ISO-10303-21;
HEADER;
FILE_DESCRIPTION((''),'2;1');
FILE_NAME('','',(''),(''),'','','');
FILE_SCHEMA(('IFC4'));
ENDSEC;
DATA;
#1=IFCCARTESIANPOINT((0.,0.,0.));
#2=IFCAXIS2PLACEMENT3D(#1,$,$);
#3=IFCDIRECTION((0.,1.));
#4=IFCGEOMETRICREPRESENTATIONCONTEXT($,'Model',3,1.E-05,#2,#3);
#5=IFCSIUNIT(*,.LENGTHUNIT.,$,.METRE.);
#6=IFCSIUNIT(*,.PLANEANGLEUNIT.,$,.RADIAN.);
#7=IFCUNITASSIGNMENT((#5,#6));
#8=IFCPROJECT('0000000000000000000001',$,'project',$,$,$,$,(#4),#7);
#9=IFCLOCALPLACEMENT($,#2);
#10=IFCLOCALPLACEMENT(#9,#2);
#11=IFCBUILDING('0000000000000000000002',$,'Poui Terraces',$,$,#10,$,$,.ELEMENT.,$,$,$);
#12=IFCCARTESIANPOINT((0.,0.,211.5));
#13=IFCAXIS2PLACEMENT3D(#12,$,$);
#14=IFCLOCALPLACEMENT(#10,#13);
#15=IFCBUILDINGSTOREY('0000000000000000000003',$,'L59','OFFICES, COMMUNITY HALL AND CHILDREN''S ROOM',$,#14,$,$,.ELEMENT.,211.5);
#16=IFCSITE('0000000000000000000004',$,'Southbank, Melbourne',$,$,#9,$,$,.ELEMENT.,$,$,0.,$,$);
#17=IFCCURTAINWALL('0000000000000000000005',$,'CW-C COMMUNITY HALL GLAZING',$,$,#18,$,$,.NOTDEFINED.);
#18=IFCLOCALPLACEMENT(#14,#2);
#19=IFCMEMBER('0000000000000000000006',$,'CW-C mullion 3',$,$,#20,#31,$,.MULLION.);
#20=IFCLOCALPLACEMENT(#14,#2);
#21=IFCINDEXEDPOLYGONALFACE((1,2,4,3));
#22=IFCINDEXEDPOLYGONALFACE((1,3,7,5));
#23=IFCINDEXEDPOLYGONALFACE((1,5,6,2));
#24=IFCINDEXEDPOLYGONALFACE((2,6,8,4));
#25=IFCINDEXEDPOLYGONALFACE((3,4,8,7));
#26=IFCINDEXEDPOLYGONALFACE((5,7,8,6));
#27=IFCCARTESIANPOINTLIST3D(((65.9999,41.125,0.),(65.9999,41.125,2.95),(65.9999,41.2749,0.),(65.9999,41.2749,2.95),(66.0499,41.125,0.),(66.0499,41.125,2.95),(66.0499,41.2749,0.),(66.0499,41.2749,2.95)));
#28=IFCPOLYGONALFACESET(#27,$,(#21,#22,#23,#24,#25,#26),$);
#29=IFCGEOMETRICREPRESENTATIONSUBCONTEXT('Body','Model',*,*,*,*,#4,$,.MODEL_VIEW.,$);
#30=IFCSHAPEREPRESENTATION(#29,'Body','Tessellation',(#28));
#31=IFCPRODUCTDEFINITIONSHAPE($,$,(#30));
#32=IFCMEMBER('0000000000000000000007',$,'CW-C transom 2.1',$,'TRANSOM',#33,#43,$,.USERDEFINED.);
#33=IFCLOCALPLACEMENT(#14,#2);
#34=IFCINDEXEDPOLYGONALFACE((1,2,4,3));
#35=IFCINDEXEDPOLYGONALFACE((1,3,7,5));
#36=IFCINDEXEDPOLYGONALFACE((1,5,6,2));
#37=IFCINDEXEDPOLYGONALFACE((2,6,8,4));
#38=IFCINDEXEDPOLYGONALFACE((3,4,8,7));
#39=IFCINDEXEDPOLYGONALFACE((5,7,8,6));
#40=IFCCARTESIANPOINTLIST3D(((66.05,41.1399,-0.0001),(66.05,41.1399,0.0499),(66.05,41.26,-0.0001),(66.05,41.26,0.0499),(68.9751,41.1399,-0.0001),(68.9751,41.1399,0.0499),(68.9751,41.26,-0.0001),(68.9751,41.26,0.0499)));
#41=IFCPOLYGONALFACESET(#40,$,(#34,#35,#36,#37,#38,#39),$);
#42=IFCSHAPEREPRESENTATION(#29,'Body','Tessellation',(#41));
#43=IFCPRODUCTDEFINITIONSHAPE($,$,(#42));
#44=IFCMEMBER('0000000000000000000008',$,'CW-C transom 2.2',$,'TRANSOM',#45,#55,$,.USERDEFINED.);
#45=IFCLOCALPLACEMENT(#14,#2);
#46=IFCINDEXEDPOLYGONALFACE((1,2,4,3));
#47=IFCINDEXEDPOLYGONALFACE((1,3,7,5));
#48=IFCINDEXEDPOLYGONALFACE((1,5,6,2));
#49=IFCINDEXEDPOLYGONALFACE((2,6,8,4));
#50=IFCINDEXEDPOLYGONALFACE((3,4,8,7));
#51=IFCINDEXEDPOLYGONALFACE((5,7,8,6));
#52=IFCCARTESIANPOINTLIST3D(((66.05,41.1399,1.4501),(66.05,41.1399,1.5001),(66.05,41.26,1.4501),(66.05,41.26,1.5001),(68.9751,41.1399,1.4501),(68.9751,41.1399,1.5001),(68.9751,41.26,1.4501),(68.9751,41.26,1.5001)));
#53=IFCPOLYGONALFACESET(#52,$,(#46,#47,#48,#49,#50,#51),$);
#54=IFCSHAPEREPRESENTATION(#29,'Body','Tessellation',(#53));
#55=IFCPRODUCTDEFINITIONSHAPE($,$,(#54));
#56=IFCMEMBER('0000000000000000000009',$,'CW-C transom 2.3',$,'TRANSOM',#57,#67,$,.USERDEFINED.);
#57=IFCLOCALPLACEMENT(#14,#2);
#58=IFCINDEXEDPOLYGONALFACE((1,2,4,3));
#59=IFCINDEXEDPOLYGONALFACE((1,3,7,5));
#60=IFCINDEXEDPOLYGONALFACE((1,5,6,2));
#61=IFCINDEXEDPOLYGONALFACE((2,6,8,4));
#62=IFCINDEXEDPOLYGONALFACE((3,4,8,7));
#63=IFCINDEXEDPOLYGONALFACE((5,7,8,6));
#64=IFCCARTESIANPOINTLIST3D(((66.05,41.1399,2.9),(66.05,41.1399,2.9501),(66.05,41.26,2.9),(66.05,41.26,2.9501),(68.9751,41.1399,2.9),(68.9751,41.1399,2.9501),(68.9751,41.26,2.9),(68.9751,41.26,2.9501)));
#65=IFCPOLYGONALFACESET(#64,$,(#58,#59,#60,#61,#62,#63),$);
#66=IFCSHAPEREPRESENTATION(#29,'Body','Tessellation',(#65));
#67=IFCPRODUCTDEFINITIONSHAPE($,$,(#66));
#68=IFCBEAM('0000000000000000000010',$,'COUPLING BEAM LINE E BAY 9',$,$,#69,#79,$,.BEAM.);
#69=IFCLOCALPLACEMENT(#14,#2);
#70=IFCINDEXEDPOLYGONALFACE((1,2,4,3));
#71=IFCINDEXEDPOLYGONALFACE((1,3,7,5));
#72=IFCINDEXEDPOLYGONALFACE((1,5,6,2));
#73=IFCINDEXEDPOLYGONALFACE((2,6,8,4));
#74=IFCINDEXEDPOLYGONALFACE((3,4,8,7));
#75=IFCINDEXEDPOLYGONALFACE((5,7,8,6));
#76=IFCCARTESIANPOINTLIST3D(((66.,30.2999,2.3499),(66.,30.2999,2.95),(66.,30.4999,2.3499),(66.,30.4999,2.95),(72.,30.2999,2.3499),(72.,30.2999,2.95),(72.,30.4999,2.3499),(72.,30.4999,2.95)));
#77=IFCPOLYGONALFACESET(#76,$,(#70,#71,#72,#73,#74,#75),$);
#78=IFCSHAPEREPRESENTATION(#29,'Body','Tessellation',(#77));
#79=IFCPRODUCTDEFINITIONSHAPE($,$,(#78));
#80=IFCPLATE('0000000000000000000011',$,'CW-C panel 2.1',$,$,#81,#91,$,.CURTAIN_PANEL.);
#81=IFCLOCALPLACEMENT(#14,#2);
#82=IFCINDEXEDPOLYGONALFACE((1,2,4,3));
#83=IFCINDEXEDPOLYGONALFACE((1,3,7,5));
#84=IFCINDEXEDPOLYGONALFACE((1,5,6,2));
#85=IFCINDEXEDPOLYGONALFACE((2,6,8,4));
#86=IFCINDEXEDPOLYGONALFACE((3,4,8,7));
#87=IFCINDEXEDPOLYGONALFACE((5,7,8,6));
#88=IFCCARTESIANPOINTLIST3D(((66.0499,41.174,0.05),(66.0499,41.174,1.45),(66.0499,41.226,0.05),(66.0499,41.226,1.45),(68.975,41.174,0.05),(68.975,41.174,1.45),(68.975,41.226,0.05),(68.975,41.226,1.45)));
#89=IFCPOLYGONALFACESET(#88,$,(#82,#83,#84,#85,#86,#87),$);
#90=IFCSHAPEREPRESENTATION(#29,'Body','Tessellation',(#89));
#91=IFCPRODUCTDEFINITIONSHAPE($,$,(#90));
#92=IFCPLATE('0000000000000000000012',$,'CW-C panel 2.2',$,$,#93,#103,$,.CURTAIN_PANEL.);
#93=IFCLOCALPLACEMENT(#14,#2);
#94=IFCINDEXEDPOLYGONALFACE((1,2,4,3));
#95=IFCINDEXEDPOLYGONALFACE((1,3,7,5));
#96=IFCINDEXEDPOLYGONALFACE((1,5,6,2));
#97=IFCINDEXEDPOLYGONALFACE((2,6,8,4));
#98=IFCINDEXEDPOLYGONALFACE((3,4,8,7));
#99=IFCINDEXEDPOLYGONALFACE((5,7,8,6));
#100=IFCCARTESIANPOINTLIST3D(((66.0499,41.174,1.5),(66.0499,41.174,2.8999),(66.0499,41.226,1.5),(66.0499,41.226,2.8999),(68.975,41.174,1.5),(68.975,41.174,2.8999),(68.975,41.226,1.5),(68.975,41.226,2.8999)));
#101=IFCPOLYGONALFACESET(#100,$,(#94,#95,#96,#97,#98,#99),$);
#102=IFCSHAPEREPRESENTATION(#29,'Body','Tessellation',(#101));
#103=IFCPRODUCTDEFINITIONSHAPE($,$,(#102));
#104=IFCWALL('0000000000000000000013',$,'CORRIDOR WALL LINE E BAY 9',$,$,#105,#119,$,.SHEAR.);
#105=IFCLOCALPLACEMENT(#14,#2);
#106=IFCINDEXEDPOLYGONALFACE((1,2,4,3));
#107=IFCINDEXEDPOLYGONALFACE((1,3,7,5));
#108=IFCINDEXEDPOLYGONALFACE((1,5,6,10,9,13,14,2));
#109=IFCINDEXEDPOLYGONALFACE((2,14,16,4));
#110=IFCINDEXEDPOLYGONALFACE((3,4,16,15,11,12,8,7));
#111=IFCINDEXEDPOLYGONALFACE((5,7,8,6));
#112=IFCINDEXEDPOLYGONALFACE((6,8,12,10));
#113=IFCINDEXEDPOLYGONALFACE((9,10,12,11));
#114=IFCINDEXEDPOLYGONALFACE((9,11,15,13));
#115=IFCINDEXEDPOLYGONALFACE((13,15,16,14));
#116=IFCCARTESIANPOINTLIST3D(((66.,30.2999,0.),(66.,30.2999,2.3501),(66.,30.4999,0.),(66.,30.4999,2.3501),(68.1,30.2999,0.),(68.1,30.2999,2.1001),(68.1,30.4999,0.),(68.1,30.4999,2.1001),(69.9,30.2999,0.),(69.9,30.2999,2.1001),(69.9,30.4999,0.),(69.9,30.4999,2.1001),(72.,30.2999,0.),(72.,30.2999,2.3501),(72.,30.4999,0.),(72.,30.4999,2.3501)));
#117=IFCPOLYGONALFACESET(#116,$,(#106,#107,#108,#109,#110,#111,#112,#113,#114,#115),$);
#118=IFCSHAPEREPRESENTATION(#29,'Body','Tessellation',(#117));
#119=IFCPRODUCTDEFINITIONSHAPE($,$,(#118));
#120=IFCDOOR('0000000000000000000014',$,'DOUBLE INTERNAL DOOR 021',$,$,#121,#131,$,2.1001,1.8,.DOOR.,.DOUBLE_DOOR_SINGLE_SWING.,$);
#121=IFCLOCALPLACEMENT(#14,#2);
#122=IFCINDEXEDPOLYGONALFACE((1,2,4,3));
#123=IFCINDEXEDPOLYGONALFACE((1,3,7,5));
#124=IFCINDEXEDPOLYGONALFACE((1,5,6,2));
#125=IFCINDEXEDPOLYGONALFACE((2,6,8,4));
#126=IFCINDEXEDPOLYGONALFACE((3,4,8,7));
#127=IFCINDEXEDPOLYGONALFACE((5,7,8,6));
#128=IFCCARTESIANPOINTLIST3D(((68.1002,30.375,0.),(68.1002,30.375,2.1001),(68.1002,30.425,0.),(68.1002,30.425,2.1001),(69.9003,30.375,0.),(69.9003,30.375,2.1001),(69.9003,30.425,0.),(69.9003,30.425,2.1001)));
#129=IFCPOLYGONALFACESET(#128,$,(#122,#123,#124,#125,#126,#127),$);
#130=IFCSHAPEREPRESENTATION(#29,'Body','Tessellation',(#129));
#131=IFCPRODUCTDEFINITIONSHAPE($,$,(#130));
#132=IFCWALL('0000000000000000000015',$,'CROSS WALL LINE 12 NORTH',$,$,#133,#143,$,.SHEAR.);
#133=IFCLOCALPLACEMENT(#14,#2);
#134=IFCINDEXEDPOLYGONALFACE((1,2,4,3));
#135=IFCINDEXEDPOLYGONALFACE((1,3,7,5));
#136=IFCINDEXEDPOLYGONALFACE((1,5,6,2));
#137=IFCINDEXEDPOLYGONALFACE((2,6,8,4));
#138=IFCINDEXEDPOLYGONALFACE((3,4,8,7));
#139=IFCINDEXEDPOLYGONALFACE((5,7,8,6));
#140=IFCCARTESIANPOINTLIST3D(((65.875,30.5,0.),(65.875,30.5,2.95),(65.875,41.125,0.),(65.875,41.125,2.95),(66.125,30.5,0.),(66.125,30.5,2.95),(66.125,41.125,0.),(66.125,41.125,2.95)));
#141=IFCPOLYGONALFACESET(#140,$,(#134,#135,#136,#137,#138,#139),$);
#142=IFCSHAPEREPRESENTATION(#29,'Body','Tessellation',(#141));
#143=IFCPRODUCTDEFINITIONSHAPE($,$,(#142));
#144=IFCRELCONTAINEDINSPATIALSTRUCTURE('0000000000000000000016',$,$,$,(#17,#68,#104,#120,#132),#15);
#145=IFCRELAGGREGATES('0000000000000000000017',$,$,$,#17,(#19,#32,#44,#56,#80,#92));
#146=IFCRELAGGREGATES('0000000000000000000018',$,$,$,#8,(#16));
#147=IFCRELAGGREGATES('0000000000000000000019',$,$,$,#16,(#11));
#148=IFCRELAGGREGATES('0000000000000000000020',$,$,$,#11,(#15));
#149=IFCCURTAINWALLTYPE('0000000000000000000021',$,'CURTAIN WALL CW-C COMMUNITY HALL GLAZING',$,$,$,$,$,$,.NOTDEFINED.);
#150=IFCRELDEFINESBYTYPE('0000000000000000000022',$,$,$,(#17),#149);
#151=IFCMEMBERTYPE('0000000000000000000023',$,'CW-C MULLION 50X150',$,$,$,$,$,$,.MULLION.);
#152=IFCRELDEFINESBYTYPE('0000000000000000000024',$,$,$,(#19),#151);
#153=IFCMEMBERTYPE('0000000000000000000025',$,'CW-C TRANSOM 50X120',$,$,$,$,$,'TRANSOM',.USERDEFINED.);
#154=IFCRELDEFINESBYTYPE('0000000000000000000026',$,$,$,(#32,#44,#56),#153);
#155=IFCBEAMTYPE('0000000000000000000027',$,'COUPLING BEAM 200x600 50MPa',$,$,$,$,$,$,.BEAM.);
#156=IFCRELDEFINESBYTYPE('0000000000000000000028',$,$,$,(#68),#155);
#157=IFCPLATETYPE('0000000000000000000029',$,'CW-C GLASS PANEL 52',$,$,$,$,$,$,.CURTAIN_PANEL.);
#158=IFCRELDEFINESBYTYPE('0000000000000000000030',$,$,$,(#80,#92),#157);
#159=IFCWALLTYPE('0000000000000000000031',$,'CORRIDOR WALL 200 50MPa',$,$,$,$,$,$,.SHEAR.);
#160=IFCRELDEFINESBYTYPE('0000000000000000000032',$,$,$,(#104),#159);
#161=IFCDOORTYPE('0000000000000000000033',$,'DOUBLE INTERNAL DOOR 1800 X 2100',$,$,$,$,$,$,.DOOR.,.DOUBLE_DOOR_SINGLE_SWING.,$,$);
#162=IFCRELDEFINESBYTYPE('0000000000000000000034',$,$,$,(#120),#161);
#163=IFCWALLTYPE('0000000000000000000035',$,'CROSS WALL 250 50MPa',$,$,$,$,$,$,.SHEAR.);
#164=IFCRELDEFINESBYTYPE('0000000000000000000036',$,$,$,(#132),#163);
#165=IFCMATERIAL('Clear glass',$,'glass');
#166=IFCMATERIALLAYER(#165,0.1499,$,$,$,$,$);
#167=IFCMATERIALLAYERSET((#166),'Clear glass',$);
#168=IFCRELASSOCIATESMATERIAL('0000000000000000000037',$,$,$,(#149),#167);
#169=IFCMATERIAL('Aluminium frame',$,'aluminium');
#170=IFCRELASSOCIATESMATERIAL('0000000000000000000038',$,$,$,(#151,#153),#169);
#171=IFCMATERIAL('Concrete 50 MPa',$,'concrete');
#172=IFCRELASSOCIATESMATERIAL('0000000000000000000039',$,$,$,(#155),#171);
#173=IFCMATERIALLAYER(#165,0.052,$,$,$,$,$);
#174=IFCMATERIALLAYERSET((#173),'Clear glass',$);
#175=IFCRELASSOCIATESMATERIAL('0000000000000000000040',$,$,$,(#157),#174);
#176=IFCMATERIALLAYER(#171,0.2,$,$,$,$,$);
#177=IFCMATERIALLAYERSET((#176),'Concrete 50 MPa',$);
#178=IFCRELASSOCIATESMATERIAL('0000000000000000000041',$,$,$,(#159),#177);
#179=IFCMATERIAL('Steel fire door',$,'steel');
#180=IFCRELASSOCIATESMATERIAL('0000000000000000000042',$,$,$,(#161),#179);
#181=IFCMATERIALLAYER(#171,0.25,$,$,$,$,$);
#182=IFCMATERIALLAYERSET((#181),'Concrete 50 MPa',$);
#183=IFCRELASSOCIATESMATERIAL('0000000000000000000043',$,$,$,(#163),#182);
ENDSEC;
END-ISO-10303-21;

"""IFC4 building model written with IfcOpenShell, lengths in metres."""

from ifc_helpers import new_model, si_unit, direction, frame, frame_2d, origin, origin_2d, place, context, subcontext, project, spatial, rectangle, extrude, source, transform, mapped, material, layer, layer_set, material_profile, profile_set, type_object, element, fill, aggregate, save


model = new_model("IFC4")

# Units and contexts
model_context = context("Model", 3, precision=1e-05, world=origin(), true_north=direction((0.0, 1.0)))
body_context = subcontext(model_context, "Body", "Model", "MODEL_VIEW")
ifc_project = project(units=[si_unit("LENGTHUNIT", "METRE"), si_unit("PLANEANGLEUNIT", "RADIAN")], contexts=[model_context])

# Site, building, storey
site_placement = place(None, origin())
site = spatial("IfcSite", under=ifc_project, at=site_placement, Name="Southbank, Melbourne", CompositionType="ELEMENT", RefElevation=0.0)
building_placement = place(site_placement, origin())
building = spatial("IfcBuilding", under=site, at=building_placement, Name="Poui Terraces", CompositionType="ELEMENT")
storey_placement = place(building_placement, frame((0.0, 0.0, 211.5)))
storey = spatial("IfcBuildingStorey", under=building, at=storey_placement, Name="L59", Description="OFFICES, COMMUNITY HALL AND CHILDREN'S ROOM", CompositionType="ELEMENT", Elevation=211.5)

# Curtain wall, members
ifc_material_1 = material(Name="Clear glass", Category="glass")
ifc_layer_1 = layer(ifc_material_1, 0.1499)
ifc_layer_set_1 = layer_set([ifc_layer_1], Name="Clear glass")
curtain_wall_type = type_object("IfcCurtainWallType", Name="CURTAIN WALL CW-C COMMUNITY HALL GLAZING", PredefinedType="NOTDEFINED", material=ifc_layer_set_1)
curtain_wall_placement = place(storey_placement, origin())
curtain_wall = element("IfcCurtainWall", 1, at=curtain_wall_placement, inside=storey, type_object=curtain_wall_type, Name="CW-C COMMUNITY HALL GLAZING", PredefinedType="NOTDEFINED")
ifc_material_2 = material(Name="Aluminium frame", Category="aluminium")
ifc_material_profile_1 = material_profile(ifc_material_2, rectangle(XDim=0.1499, YDim=0.05, at=origin_2d()), Name="CW-C MULLION 50X150")
ifc_profile_set_1 = profile_set([ifc_material_profile_1], Name="Aluminium frame")
member_type_1 = type_object("IfcMemberType", Name="CW-C MULLION 50X150", PredefinedType="MULLION", material=ifc_profile_set_1)
member_1_placement = place(storey_placement, frame((66.0249, 41.2, 0.0), z_axis=(0.0, 0.0, 1.0), x_axis=(0.0, -1.0, 0.0)))
member_1 = element("IfcMember", 2, at=member_1_placement, type_object=member_type_1, Name="CW-C mullion 3", PredefinedType="MULLION", context=body_context, shape_type="SweptSolid", body=[
    extrude(rectangle(XDim=0.1499, YDim=0.05, at=origin_2d()), origin(), (0.0, 0.0, 1.0), 2.95),
])
ifc_material_profile_2 = material_profile(ifc_material_2, rectangle(XDim=0.1201, YDim=0.05, at=origin_2d()), Name="CW-C TRANSOM 50X120")
ifc_profile_set_2 = profile_set([ifc_material_profile_2], Name="Aluminium frame")
member_type_2 = type_object("IfcMemberType", Name="CW-C TRANSOM 50X120", ElementType="TRANSOM", PredefinedType="USERDEFINED", material=ifc_profile_set_2)
member_2_placement = place(storey_placement, frame((68.9751, 41.2, 0.0249), z_axis=(-1.0, 0.0, 0.0), x_axis=(0.0, -1.0, 0.0)))
member_2 = element("IfcMember", 3, at=member_2_placement, type_object=member_type_2, Name="CW-C transom 2.1", ObjectType="TRANSOM", PredefinedType="USERDEFINED", context=body_context, shape_type="SweptSolid", body=[
    extrude(rectangle(XDim=0.1201, YDim=0.05, at=origin_2d()), origin(), (0.0, 0.0, 1.0), 2.925),
])
member_3_placement = place(storey_placement, frame((68.9751, 41.2, 1.4751), z_axis=(-1.0, 0.0, 0.0), x_axis=(0.0, -1.0, 0.0)))
member_3 = element("IfcMember", 4, at=member_3_placement, type_object=member_type_2, Name="CW-C transom 2.2", ObjectType="TRANSOM", PredefinedType="USERDEFINED", context=body_context, shape_type="SweptSolid", body=[
    extrude(rectangle(XDim=0.1201, YDim=0.05, at=origin_2d()), origin(), (0.0, 0.0, 1.0), 2.925),
])
member_4_placement = place(storey_placement, frame((68.9751, 41.2, 2.925), z_axis=(-1.0, 0.0, 0.0), x_axis=(0.0, -1.0, 0.0)))
member_4 = element("IfcMember", 5, at=member_4_placement, type_object=member_type_2, Name="CW-C transom 2.3", ObjectType="TRANSOM", PredefinedType="USERDEFINED", context=body_context, shape_type="SweptSolid", body=[
    extrude(rectangle(XDim=0.1201, YDim=0.05, at=origin_2d()), origin(), (0.0, 0.0, 1.0), 2.925),
])

# Beam
ifc_material_3 = material(Name="Concrete 50 MPa", Category="concrete")
ifc_material_profile_3 = material_profile(ifc_material_3, rectangle(XDim=0.2, YDim=0.6001, at=origin_2d()), Name="RC 200x600")
ifc_profile_set_3 = profile_set([ifc_material_profile_3], Name="Concrete 50 MPa")
beam_type = type_object("IfcBeamType", Name="COUPLING BEAM 200x600 50MPa", PredefinedType="BEAM", material=ifc_profile_set_3)
shared_shape = source(origin(), body_context, "Body", "SweptSolid", [
    extrude(rectangle(XDim=0.2, YDim=0.6001, at=origin_2d()), origin(), (0.0, 0.0, 1.0), 6.0),
])
beam_placement = place(storey_placement, frame((66.0, 30.3999, 2.6499), z_axis=(1.0, 0.0, 0.0), x_axis=(0.0, 1.0, 0.0)))
element("IfcBeam", 6, at=beam_placement, inside=storey, type_object=beam_type, Name="COUPLING BEAM LINE E BAY 9", PredefinedType="BEAM", context=body_context, shape_type="MappedRepresentation", body=[
    mapped(shared_shape, transform((0.0, 0.0, 0.0))),
])

# Plates
ifc_layer_2 = layer(ifc_material_1, 0.052)
ifc_layer_set_2 = layer_set([ifc_layer_2], Name="Clear glass")
plate_type = type_object("IfcPlateType", Name="CW-C GLASS PANEL 52", PredefinedType="CURTAIN_PANEL", material=ifc_layer_set_2)
plate_1_placement = place(storey_placement, frame((67.5125, 41.2, 0.05), z_axis=(0.0, 0.0, 1.0), x_axis=(-1.0, 0.0, 0.0)))
plate_1 = element("IfcPlate", 7, at=plate_1_placement, type_object=plate_type, Name="CW-C panel 2.1", PredefinedType="CURTAIN_PANEL", context=body_context, shape_type="SweptSolid", body=[
    extrude(rectangle(XDim=2.925, YDim=0.052, at=origin_2d()), origin(), (0.0, 0.0, 1.0), 1.3999),
])
plate_2_placement = place(storey_placement, frame((67.5125, 41.2, 1.5), z_axis=(0.0, 0.0, 1.0), x_axis=(-1.0, 0.0, 0.0)))
plate_2 = element("IfcPlate", 8, at=plate_2_placement, type_object=plate_type, Name="CW-C panel 2.2", PredefinedType="CURTAIN_PANEL", context=body_context, shape_type="SweptSolid", body=[
    extrude(rectangle(XDim=2.925, YDim=0.052, at=origin_2d()), origin(), (0.0, 0.0, 1.0), 1.3999),
])
aggregate(curtain_wall, [member_1, member_2, member_3, member_4, plate_1, plate_2])

# Wall, opening, door
ifc_layer_3 = layer(ifc_material_3, 0.2)
ifc_layer_set_3 = layer_set([ifc_layer_3], Name="Concrete 50 MPa")
wall_type_1 = type_object("IfcWallType", Name="CORRIDOR WALL 200 50MPa", PredefinedType="SHEAR", material=ifc_layer_set_3)
wall_1_placement = place(storey_placement, frame((66.0, 30.3999, 0.0), z_axis=(0.0, 0.0, 1.0), x_axis=(1.0, 0.0, 0.0)))
wall_1 = element("IfcWall", 9, at=wall_1_placement, inside=storey, type_object=wall_type_1, Name="CORRIDOR WALL LINE E BAY 9", PredefinedType="SHEAR", context=body_context, shape_type="SweptSolid", body=[
    extrude(rectangle(XDim=6.0, YDim=0.2, at=frame_2d((3.0, 0.0))), origin(), (0.0, 0.0, 1.0), 2.3501),
])
opening_1_placement = place(wall_1_placement, frame((2.1001, 0.0, 0.0)))
opening_1 = element("IfcOpeningElement", 10, at=opening_1_placement, cuts=wall_1, PredefinedType="OPENING", context=body_context, shape_type="SweptSolid", body=[
    extrude(rectangle(XDim=1.8, YDim=2.1001, at=frame_2d((0.8999, 1.05))), frame((0.0, 0.1099, 0.0), z_axis=(0.0, -1.0, 0.0), x_axis=(1.0, 0.0, 0.0)), (0.0, 0.0, 1.0), 0.22),
])
ifc_material_4 = material(Name="Steel fire door", Category="steel")
door_type_1 = type_object("IfcDoorType", Name="DOUBLE INTERNAL DOOR 1800 X 2100", OperationType="DOUBLE_DOOR_SINGLE_SWING", PredefinedType="DOOR", material=ifc_material_4)
door_1_placement = place(opening_1_placement, frame((1.8, 0.0, 0.0), z_axis=(0.0, 0.0, 1.0), x_axis=(-1.0, 0.0, 0.0)))
door_1 = element("IfcDoor", 11, at=door_1_placement, inside=storey, type_object=door_type_1, Name="DOUBLE INTERNAL DOOR 021", OperationType="DOUBLE_DOOR_SINGLE_SWING", OverallHeight=2.1001, OverallWidth=1.8, PredefinedType="DOOR", context=body_context, shape_type="SweptSolid", body=[
    extrude(rectangle(XDim=1.8, YDim=2.1001, at=frame_2d((0.8999, 1.05))), frame((0.0, 0.0249, 0.0), z_axis=(0.0, -1.0, 0.0), x_axis=(1.0, 0.0, 0.0)), (0.0, 0.0, 1.0), 0.05),
])
fill(opening_1, door_1)

# Wall
ifc_layer_4 = layer(ifc_material_3, 0.25)
ifc_layer_set_4 = layer_set([ifc_layer_4], Name="Concrete 50 MPa")
wall_type_2 = type_object("IfcWallType", Name="CROSS WALL 250 50MPa", PredefinedType="SHEAR", material=ifc_layer_set_4)
wall_2_placement = place(storey_placement, frame((66.0, 30.5, 0.0), z_axis=(0.0, 0.0, 1.0), x_axis=(0.0, 1.0, 0.0)))
element("IfcWall", 12, at=wall_2_placement, inside=storey, type_object=wall_type_2, Name="CROSS WALL LINE 12 NORTH", PredefinedType="SHEAR", context=body_context, shape_type="SweptSolid", body=[
    extrude(rectangle(XDim=10.625, YDim=0.25, at=frame_2d((5.3125, 0.0))), origin(), (0.0, 0.0, 1.0), 2.95),
])

save(model, "model.ifc")
